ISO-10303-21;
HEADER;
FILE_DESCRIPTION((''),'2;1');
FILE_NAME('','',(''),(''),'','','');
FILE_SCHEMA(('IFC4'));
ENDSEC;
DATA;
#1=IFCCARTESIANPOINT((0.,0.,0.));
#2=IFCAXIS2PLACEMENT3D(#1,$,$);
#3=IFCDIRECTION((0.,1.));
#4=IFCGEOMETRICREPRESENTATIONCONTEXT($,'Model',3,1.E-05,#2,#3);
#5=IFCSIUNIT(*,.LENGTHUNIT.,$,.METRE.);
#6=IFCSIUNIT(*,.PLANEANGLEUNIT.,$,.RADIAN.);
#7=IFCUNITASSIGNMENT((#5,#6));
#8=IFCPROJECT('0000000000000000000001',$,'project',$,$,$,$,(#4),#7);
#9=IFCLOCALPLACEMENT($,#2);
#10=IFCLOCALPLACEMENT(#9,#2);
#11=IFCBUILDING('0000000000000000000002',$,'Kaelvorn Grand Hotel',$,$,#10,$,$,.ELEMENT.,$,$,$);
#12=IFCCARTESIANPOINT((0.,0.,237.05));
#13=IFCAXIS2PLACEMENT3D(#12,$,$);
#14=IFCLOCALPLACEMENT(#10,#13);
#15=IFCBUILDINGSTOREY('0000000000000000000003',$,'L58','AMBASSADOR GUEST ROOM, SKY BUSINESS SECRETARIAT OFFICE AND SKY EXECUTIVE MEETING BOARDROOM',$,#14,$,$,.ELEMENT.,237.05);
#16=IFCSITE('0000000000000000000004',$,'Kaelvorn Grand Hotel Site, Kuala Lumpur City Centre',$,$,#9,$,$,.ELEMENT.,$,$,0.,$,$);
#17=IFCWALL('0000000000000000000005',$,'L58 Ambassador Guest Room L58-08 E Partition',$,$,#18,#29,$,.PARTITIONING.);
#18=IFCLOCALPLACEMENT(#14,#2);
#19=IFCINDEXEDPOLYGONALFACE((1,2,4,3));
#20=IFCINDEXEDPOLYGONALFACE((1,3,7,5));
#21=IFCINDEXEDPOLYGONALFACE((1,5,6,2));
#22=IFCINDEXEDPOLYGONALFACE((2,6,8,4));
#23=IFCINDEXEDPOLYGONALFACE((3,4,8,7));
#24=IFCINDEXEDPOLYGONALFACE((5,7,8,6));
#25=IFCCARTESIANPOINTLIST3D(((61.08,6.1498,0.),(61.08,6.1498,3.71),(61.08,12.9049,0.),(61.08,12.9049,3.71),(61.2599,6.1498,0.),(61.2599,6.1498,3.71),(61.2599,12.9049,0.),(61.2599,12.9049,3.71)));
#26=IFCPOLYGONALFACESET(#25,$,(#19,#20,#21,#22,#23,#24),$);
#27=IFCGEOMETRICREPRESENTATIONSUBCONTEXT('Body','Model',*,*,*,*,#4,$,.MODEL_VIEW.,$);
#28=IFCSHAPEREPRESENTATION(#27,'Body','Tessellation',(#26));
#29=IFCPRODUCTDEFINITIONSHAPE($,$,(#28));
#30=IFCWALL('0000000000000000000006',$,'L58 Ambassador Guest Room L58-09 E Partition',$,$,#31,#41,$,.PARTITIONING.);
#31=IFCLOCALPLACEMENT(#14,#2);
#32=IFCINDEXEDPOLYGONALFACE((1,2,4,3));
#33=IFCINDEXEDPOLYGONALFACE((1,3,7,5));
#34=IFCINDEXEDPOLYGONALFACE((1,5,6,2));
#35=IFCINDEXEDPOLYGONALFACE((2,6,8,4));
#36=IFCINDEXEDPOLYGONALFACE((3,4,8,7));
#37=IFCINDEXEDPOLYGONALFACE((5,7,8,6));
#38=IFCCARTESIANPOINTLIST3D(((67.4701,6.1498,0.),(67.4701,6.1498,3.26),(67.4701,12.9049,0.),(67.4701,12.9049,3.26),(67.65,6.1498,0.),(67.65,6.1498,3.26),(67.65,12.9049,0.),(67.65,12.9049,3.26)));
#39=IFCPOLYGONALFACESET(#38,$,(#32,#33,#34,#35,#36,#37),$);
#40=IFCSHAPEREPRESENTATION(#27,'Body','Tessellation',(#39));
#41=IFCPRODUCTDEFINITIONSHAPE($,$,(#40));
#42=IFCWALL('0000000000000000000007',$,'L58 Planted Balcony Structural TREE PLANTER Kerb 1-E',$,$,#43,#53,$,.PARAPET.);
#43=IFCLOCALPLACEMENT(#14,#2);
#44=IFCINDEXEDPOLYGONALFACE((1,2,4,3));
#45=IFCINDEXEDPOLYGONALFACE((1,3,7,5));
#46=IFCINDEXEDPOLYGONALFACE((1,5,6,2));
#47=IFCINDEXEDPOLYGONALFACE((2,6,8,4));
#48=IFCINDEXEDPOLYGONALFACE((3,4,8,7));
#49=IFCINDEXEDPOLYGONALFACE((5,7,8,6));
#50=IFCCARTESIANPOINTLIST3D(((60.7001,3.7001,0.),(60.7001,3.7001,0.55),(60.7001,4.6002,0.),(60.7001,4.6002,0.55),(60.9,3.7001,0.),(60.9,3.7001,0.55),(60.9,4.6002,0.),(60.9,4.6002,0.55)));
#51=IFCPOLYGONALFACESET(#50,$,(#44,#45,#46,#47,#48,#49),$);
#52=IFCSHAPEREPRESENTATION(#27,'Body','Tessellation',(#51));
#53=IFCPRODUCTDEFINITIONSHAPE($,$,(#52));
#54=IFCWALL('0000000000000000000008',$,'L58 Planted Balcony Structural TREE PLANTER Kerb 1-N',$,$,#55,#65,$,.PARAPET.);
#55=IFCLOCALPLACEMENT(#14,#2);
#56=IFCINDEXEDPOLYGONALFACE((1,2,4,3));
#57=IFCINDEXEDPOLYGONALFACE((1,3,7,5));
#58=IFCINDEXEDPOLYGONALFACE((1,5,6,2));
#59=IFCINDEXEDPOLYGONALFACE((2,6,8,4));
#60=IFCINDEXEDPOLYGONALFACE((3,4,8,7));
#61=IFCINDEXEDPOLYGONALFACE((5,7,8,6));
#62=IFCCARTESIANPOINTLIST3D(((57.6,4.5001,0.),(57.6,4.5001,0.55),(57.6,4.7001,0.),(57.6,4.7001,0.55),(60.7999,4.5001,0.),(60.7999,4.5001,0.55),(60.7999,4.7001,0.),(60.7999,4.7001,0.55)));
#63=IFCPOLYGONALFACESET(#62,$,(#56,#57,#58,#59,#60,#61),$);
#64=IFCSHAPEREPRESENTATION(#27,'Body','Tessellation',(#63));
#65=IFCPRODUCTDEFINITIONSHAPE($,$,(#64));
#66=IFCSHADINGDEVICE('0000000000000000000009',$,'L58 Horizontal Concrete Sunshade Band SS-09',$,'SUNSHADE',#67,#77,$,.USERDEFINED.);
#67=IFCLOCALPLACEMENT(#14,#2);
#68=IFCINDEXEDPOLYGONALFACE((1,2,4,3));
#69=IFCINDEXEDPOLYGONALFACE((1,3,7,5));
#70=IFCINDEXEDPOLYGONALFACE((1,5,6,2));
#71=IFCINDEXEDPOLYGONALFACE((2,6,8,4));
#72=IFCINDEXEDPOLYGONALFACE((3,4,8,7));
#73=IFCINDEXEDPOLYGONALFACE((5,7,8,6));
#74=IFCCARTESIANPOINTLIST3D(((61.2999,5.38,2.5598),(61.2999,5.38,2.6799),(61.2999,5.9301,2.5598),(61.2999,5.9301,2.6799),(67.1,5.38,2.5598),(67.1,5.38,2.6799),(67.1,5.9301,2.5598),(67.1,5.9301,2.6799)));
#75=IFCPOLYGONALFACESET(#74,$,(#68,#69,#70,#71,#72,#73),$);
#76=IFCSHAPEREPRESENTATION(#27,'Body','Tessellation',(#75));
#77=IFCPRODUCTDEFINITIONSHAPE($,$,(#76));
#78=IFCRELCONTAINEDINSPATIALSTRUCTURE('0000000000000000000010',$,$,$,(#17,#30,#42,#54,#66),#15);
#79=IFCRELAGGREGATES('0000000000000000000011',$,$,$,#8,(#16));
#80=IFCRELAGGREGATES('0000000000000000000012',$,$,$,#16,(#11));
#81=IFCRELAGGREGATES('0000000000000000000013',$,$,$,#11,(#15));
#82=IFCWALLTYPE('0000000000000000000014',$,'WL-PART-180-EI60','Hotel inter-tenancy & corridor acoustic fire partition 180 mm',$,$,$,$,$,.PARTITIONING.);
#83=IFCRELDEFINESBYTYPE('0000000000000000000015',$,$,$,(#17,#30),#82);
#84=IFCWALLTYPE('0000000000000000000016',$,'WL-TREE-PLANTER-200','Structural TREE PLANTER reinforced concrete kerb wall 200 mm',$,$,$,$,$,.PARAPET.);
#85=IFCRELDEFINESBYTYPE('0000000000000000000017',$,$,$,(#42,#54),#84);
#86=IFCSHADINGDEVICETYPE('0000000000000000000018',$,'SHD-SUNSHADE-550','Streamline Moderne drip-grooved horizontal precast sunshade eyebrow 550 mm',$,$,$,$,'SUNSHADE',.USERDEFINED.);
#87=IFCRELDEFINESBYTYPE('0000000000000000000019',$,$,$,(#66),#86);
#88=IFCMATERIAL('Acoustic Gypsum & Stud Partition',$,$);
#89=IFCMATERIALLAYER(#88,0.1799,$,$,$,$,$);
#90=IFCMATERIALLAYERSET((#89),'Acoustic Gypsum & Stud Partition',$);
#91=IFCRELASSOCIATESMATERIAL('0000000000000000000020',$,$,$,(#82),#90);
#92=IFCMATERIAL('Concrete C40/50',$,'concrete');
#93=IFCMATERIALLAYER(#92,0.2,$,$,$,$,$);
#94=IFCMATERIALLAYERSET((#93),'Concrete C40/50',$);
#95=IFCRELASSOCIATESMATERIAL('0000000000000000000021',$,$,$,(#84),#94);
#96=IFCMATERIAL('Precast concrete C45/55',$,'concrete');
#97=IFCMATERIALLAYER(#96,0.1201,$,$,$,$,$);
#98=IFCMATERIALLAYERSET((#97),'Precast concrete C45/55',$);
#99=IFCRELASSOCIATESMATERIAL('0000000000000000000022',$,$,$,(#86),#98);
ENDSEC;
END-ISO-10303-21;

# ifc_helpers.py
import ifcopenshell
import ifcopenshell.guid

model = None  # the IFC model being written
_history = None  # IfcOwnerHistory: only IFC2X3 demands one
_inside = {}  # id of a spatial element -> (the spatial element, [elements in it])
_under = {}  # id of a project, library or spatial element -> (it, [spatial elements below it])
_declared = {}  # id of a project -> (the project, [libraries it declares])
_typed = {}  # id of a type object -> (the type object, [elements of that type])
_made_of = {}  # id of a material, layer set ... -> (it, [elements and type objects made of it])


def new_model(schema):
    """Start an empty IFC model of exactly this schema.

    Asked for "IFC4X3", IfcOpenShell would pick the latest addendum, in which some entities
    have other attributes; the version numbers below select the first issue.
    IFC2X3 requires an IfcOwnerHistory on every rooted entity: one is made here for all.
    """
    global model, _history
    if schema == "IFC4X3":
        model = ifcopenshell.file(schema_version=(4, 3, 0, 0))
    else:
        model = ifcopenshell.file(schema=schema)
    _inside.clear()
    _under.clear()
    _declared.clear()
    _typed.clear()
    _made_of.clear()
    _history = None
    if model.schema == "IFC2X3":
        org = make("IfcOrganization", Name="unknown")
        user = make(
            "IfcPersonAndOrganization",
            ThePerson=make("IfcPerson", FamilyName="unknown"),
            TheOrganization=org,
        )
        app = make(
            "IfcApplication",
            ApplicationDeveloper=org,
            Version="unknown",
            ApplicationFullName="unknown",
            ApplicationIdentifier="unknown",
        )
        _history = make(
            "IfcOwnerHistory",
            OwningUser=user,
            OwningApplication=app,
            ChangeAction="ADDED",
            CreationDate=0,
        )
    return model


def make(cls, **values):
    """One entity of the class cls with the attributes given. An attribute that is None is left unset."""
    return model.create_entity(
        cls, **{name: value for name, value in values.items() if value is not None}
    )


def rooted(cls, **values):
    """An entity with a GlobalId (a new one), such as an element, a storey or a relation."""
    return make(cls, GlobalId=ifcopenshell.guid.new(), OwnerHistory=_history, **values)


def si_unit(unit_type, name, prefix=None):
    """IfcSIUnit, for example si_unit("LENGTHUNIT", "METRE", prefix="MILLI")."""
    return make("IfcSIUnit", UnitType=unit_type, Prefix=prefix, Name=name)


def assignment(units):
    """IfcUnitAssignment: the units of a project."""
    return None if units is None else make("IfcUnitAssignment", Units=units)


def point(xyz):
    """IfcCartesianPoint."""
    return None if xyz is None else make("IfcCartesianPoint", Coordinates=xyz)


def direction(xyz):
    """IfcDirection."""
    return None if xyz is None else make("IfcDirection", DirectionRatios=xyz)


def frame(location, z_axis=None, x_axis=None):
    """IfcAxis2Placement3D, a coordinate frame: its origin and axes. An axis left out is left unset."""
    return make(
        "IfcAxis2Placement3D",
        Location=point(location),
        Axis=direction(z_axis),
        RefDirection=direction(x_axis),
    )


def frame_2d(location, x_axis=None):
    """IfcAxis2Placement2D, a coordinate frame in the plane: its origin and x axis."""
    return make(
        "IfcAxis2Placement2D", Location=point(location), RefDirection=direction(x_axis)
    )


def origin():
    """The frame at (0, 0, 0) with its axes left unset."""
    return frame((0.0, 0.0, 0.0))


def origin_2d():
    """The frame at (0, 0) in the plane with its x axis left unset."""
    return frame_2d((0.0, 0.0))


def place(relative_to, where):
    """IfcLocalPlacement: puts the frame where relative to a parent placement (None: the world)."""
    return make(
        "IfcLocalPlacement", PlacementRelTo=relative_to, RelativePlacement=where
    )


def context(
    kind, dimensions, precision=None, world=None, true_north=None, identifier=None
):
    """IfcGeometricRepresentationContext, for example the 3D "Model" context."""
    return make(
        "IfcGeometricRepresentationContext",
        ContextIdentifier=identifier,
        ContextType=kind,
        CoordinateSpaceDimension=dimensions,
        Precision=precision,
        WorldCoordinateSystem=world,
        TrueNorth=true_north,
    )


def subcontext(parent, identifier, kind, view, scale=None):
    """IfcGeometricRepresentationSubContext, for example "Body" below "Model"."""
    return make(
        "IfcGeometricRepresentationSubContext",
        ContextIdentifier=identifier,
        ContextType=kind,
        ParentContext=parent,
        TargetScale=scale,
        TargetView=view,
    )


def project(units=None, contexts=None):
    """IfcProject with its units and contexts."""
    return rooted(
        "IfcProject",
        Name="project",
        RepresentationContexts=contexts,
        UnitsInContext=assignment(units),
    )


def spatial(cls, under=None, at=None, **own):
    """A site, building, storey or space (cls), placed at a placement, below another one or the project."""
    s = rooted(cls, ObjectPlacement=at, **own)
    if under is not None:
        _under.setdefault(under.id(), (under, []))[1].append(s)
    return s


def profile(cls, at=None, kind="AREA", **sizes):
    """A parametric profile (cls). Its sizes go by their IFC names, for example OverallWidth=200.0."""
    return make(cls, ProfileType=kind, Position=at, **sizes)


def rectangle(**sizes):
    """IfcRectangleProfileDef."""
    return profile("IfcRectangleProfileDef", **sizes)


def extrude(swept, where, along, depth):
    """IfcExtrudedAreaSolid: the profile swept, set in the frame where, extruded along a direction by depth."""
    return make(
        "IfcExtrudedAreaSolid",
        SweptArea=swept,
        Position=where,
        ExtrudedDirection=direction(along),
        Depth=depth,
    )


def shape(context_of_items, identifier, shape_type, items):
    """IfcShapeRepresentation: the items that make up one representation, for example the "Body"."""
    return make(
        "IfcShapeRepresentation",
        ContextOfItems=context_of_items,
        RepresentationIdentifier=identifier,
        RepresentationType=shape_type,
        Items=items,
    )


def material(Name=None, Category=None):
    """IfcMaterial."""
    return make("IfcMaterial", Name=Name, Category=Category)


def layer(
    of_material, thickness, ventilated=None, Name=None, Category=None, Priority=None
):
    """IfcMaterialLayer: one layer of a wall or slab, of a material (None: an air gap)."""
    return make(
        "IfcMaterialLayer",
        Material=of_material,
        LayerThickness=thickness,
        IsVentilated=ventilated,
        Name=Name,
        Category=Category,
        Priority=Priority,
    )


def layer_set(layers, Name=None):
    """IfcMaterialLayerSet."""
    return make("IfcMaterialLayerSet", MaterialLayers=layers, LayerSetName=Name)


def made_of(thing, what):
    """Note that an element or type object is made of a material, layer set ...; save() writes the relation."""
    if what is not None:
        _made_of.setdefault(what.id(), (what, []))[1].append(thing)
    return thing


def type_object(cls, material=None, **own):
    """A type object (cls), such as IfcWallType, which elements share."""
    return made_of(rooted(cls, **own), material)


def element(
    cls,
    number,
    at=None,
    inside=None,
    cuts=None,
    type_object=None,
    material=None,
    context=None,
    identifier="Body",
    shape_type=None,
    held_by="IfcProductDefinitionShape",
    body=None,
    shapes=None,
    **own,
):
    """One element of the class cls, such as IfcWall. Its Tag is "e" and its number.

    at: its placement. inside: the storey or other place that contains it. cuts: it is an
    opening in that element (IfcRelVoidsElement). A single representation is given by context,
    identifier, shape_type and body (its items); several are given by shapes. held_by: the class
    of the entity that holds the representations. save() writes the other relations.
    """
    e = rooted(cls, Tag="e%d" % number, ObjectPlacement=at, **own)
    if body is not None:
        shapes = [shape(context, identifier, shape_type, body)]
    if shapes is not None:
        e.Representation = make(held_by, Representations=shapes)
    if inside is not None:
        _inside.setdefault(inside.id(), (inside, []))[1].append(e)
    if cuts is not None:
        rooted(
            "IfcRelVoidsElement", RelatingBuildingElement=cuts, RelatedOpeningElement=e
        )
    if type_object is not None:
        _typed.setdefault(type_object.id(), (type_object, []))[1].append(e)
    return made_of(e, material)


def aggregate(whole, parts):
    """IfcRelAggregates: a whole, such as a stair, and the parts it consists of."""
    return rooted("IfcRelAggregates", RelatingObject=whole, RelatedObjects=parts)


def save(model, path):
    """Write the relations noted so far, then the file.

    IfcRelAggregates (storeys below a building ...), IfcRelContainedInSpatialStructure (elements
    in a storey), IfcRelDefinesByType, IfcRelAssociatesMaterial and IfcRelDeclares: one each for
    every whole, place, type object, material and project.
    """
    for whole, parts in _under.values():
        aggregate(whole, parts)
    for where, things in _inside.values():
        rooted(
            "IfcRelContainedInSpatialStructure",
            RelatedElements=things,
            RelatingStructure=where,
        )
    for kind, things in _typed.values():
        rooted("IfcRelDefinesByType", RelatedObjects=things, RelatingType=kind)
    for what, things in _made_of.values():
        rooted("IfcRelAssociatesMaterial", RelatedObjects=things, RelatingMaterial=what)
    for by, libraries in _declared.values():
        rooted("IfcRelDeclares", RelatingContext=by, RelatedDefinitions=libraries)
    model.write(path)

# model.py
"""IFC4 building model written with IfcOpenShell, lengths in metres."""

from ifc_helpers import new_model, si_unit, direction, frame, frame_2d, origin, origin_2d, place, context, subcontext, project, spatial, rectangle, extrude, material, layer, layer_set, type_object, element, save


model = new_model("IFC4")

# Units and contexts
model_context = context("Model", 3, precision=1e-05, world=origin(), true_north=direction((0.0, 1.0)))
body_context = subcontext(model_context, "Body", "Model", "MODEL_VIEW")
ifc_project = project(units=[si_unit("LENGTHUNIT", "METRE"), si_unit("PLANEANGLEUNIT", "RADIAN")], contexts=[model_context])

# Site, building, storey
site_placement = place(None, origin())
site = spatial("IfcSite", under=ifc_project, at=site_placement, Name="Kaelvorn Grand Hotel Site, Kuala Lumpur City Centre", CompositionType="ELEMENT", RefElevation=0.0)
building_placement = place(site_placement, origin())
building = spatial("IfcBuilding", under=site, at=building_placement, Name="Kaelvorn Grand Hotel", CompositionType="ELEMENT")
storey_placement = place(building_placement, frame((0.0, 0.0, 237.05)))
storey = spatial("IfcBuildingStorey", under=building, at=storey_placement, Name="L58", Description="AMBASSADOR GUEST ROOM, SKY BUSINESS SECRETARIAT OFFICE AND SKY EXECUTIVE MEETING BOARDROOM", CompositionType="ELEMENT", Elevation=237.05)

# Shared definitions
ifc_material_1 = material(Name="Concrete C40/50", Category="concrete")

# Shared definitions
ifc_material_2 = material(Name="Precast concrete C45/55", Category="concrete")

# Walls
ifc_material_3 = material(Name="Acoustic Gypsum & Stud Partition")
ifc_layer_1 = layer(ifc_material_3, 0.1799)
ifc_layer_set_1 = layer_set([ifc_layer_1], Name="Acoustic Gypsum & Stud Partition")
wall_type_1 = type_object("IfcWallType", Name="WL-PART-180-EI60", Description="Hotel inter-tenancy & corridor acoustic fire partition 180 mm", PredefinedType="PARTITIONING", material=ifc_layer_set_1)
wall_1_placement = place(storey_placement, frame((61.1699, 6.1499, 0.0), z_axis=(0.0, 0.0, 1.0), x_axis=(0.0, 1.0, 0.0)))
element("IfcWall", 1, at=wall_1_placement, inside=storey, type_object=wall_type_1, Name="L58 Ambassador Guest Room L58-08 E Partition", PredefinedType="PARTITIONING", context=body_context, shape_type="SweptSolid", body=[
    extrude(rectangle(XDim=6.7551, YDim=0.1799, at=frame_2d((3.3774, 0.0))), origin(), (0.0, 0.0, 1.0), 3.71),
])
wall_2_placement = place(storey_placement, frame((67.5601, 6.1499, 0.0), z_axis=(0.0, 0.0, 1.0), x_axis=(0.0, 1.0, 0.0)))
element("IfcWall", 2, at=wall_2_placement, inside=storey, type_object=wall_type_1, Name="L58 Ambassador Guest Room L58-09 E Partition", PredefinedType="PARTITIONING", context=body_context, shape_type="SweptSolid", body=[
    extrude(rectangle(XDim=6.7551, YDim=0.1799, at=frame_2d((3.3774, 0.0))), origin(), (0.0, 0.0, 1.0), 3.26),
])
ifc_layer_2 = layer(ifc_material_1, 0.2)
ifc_layer_set_2 = layer_set([ifc_layer_2], Name="Concrete C40/50")
wall_type_2 = type_object("IfcWallType", Name="WL-TREE-PLANTER-200", Description="Structural TREE PLANTER reinforced concrete kerb wall 200 mm", PredefinedType="PARAPET", material=ifc_layer_set_2)
wall_3_placement = place(storey_placement, frame((60.8, 3.7, 0.0), z_axis=(0.0, 0.0, 1.0), x_axis=(0.0, 1.0, 0.0)))
element("IfcWall", 3, at=wall_3_placement, inside=storey, type_object=wall_type_2, Name="L58 Planted Balcony Structural TREE PLANTER Kerb 1-E", PredefinedType="PARAPET", context=body_context, shape_type="SweptSolid", body=[
    extrude(rectangle(XDim=0.9001, YDim=0.2, at=frame_2d((0.4502, 0.0))), origin(), (0.0, 0.0, 1.0), 0.55),
])
wall_4_placement = place(storey_placement, frame((60.8, 4.6001, 0.0), z_axis=(0.0, 0.0, 1.0), x_axis=(-1.0, 0.0, 0.0)))
element("IfcWall", 4, at=wall_4_placement, inside=storey, type_object=wall_type_2, Name="L58 Planted Balcony Structural TREE PLANTER Kerb 1-N", PredefinedType="PARAPET", context=body_context, shape_type="SweptSolid", body=[
    extrude(rectangle(XDim=3.2, YDim=0.2, at=frame_2d((1.6001, 0.0))), origin(), (0.0, 0.0, 1.0), 0.55),
])

# Shading device
ifc_layer_3 = layer(ifc_material_2, 0.1201)
ifc_layer_set_3 = layer_set([ifc_layer_3], Name="Precast concrete C45/55")
shading_device_type = type_object("IfcShadingDeviceType", Name="SHD-SUNSHADE-550", Description="Streamline Moderne drip-grooved horizontal precast sunshade eyebrow 550 mm", ElementType="SUNSHADE", PredefinedType="USERDEFINED", material=ifc_layer_set_3)
shading_device_placement = place(storey_placement, frame((64.2, 5.655, 2.5598), z_axis=(0.0, 0.0, 1.0), x_axis=(1.0, 0.0, 0.0)))
element("IfcShadingDevice", 5, at=shading_device_placement, inside=storey, type_object=shading_device_type, Name="L58 Horizontal Concrete Sunshade Band SS-09", ObjectType="SUNSHADE", PredefinedType="USERDEFINED", context=body_context, shape_type="SweptSolid", body=[
    extrude(rectangle(XDim=5.8, YDim=0.55, at=origin_2d()), origin(), (0.0, 0.0, 1.0), 0.1201),
])

save(model, "model.ifc")
